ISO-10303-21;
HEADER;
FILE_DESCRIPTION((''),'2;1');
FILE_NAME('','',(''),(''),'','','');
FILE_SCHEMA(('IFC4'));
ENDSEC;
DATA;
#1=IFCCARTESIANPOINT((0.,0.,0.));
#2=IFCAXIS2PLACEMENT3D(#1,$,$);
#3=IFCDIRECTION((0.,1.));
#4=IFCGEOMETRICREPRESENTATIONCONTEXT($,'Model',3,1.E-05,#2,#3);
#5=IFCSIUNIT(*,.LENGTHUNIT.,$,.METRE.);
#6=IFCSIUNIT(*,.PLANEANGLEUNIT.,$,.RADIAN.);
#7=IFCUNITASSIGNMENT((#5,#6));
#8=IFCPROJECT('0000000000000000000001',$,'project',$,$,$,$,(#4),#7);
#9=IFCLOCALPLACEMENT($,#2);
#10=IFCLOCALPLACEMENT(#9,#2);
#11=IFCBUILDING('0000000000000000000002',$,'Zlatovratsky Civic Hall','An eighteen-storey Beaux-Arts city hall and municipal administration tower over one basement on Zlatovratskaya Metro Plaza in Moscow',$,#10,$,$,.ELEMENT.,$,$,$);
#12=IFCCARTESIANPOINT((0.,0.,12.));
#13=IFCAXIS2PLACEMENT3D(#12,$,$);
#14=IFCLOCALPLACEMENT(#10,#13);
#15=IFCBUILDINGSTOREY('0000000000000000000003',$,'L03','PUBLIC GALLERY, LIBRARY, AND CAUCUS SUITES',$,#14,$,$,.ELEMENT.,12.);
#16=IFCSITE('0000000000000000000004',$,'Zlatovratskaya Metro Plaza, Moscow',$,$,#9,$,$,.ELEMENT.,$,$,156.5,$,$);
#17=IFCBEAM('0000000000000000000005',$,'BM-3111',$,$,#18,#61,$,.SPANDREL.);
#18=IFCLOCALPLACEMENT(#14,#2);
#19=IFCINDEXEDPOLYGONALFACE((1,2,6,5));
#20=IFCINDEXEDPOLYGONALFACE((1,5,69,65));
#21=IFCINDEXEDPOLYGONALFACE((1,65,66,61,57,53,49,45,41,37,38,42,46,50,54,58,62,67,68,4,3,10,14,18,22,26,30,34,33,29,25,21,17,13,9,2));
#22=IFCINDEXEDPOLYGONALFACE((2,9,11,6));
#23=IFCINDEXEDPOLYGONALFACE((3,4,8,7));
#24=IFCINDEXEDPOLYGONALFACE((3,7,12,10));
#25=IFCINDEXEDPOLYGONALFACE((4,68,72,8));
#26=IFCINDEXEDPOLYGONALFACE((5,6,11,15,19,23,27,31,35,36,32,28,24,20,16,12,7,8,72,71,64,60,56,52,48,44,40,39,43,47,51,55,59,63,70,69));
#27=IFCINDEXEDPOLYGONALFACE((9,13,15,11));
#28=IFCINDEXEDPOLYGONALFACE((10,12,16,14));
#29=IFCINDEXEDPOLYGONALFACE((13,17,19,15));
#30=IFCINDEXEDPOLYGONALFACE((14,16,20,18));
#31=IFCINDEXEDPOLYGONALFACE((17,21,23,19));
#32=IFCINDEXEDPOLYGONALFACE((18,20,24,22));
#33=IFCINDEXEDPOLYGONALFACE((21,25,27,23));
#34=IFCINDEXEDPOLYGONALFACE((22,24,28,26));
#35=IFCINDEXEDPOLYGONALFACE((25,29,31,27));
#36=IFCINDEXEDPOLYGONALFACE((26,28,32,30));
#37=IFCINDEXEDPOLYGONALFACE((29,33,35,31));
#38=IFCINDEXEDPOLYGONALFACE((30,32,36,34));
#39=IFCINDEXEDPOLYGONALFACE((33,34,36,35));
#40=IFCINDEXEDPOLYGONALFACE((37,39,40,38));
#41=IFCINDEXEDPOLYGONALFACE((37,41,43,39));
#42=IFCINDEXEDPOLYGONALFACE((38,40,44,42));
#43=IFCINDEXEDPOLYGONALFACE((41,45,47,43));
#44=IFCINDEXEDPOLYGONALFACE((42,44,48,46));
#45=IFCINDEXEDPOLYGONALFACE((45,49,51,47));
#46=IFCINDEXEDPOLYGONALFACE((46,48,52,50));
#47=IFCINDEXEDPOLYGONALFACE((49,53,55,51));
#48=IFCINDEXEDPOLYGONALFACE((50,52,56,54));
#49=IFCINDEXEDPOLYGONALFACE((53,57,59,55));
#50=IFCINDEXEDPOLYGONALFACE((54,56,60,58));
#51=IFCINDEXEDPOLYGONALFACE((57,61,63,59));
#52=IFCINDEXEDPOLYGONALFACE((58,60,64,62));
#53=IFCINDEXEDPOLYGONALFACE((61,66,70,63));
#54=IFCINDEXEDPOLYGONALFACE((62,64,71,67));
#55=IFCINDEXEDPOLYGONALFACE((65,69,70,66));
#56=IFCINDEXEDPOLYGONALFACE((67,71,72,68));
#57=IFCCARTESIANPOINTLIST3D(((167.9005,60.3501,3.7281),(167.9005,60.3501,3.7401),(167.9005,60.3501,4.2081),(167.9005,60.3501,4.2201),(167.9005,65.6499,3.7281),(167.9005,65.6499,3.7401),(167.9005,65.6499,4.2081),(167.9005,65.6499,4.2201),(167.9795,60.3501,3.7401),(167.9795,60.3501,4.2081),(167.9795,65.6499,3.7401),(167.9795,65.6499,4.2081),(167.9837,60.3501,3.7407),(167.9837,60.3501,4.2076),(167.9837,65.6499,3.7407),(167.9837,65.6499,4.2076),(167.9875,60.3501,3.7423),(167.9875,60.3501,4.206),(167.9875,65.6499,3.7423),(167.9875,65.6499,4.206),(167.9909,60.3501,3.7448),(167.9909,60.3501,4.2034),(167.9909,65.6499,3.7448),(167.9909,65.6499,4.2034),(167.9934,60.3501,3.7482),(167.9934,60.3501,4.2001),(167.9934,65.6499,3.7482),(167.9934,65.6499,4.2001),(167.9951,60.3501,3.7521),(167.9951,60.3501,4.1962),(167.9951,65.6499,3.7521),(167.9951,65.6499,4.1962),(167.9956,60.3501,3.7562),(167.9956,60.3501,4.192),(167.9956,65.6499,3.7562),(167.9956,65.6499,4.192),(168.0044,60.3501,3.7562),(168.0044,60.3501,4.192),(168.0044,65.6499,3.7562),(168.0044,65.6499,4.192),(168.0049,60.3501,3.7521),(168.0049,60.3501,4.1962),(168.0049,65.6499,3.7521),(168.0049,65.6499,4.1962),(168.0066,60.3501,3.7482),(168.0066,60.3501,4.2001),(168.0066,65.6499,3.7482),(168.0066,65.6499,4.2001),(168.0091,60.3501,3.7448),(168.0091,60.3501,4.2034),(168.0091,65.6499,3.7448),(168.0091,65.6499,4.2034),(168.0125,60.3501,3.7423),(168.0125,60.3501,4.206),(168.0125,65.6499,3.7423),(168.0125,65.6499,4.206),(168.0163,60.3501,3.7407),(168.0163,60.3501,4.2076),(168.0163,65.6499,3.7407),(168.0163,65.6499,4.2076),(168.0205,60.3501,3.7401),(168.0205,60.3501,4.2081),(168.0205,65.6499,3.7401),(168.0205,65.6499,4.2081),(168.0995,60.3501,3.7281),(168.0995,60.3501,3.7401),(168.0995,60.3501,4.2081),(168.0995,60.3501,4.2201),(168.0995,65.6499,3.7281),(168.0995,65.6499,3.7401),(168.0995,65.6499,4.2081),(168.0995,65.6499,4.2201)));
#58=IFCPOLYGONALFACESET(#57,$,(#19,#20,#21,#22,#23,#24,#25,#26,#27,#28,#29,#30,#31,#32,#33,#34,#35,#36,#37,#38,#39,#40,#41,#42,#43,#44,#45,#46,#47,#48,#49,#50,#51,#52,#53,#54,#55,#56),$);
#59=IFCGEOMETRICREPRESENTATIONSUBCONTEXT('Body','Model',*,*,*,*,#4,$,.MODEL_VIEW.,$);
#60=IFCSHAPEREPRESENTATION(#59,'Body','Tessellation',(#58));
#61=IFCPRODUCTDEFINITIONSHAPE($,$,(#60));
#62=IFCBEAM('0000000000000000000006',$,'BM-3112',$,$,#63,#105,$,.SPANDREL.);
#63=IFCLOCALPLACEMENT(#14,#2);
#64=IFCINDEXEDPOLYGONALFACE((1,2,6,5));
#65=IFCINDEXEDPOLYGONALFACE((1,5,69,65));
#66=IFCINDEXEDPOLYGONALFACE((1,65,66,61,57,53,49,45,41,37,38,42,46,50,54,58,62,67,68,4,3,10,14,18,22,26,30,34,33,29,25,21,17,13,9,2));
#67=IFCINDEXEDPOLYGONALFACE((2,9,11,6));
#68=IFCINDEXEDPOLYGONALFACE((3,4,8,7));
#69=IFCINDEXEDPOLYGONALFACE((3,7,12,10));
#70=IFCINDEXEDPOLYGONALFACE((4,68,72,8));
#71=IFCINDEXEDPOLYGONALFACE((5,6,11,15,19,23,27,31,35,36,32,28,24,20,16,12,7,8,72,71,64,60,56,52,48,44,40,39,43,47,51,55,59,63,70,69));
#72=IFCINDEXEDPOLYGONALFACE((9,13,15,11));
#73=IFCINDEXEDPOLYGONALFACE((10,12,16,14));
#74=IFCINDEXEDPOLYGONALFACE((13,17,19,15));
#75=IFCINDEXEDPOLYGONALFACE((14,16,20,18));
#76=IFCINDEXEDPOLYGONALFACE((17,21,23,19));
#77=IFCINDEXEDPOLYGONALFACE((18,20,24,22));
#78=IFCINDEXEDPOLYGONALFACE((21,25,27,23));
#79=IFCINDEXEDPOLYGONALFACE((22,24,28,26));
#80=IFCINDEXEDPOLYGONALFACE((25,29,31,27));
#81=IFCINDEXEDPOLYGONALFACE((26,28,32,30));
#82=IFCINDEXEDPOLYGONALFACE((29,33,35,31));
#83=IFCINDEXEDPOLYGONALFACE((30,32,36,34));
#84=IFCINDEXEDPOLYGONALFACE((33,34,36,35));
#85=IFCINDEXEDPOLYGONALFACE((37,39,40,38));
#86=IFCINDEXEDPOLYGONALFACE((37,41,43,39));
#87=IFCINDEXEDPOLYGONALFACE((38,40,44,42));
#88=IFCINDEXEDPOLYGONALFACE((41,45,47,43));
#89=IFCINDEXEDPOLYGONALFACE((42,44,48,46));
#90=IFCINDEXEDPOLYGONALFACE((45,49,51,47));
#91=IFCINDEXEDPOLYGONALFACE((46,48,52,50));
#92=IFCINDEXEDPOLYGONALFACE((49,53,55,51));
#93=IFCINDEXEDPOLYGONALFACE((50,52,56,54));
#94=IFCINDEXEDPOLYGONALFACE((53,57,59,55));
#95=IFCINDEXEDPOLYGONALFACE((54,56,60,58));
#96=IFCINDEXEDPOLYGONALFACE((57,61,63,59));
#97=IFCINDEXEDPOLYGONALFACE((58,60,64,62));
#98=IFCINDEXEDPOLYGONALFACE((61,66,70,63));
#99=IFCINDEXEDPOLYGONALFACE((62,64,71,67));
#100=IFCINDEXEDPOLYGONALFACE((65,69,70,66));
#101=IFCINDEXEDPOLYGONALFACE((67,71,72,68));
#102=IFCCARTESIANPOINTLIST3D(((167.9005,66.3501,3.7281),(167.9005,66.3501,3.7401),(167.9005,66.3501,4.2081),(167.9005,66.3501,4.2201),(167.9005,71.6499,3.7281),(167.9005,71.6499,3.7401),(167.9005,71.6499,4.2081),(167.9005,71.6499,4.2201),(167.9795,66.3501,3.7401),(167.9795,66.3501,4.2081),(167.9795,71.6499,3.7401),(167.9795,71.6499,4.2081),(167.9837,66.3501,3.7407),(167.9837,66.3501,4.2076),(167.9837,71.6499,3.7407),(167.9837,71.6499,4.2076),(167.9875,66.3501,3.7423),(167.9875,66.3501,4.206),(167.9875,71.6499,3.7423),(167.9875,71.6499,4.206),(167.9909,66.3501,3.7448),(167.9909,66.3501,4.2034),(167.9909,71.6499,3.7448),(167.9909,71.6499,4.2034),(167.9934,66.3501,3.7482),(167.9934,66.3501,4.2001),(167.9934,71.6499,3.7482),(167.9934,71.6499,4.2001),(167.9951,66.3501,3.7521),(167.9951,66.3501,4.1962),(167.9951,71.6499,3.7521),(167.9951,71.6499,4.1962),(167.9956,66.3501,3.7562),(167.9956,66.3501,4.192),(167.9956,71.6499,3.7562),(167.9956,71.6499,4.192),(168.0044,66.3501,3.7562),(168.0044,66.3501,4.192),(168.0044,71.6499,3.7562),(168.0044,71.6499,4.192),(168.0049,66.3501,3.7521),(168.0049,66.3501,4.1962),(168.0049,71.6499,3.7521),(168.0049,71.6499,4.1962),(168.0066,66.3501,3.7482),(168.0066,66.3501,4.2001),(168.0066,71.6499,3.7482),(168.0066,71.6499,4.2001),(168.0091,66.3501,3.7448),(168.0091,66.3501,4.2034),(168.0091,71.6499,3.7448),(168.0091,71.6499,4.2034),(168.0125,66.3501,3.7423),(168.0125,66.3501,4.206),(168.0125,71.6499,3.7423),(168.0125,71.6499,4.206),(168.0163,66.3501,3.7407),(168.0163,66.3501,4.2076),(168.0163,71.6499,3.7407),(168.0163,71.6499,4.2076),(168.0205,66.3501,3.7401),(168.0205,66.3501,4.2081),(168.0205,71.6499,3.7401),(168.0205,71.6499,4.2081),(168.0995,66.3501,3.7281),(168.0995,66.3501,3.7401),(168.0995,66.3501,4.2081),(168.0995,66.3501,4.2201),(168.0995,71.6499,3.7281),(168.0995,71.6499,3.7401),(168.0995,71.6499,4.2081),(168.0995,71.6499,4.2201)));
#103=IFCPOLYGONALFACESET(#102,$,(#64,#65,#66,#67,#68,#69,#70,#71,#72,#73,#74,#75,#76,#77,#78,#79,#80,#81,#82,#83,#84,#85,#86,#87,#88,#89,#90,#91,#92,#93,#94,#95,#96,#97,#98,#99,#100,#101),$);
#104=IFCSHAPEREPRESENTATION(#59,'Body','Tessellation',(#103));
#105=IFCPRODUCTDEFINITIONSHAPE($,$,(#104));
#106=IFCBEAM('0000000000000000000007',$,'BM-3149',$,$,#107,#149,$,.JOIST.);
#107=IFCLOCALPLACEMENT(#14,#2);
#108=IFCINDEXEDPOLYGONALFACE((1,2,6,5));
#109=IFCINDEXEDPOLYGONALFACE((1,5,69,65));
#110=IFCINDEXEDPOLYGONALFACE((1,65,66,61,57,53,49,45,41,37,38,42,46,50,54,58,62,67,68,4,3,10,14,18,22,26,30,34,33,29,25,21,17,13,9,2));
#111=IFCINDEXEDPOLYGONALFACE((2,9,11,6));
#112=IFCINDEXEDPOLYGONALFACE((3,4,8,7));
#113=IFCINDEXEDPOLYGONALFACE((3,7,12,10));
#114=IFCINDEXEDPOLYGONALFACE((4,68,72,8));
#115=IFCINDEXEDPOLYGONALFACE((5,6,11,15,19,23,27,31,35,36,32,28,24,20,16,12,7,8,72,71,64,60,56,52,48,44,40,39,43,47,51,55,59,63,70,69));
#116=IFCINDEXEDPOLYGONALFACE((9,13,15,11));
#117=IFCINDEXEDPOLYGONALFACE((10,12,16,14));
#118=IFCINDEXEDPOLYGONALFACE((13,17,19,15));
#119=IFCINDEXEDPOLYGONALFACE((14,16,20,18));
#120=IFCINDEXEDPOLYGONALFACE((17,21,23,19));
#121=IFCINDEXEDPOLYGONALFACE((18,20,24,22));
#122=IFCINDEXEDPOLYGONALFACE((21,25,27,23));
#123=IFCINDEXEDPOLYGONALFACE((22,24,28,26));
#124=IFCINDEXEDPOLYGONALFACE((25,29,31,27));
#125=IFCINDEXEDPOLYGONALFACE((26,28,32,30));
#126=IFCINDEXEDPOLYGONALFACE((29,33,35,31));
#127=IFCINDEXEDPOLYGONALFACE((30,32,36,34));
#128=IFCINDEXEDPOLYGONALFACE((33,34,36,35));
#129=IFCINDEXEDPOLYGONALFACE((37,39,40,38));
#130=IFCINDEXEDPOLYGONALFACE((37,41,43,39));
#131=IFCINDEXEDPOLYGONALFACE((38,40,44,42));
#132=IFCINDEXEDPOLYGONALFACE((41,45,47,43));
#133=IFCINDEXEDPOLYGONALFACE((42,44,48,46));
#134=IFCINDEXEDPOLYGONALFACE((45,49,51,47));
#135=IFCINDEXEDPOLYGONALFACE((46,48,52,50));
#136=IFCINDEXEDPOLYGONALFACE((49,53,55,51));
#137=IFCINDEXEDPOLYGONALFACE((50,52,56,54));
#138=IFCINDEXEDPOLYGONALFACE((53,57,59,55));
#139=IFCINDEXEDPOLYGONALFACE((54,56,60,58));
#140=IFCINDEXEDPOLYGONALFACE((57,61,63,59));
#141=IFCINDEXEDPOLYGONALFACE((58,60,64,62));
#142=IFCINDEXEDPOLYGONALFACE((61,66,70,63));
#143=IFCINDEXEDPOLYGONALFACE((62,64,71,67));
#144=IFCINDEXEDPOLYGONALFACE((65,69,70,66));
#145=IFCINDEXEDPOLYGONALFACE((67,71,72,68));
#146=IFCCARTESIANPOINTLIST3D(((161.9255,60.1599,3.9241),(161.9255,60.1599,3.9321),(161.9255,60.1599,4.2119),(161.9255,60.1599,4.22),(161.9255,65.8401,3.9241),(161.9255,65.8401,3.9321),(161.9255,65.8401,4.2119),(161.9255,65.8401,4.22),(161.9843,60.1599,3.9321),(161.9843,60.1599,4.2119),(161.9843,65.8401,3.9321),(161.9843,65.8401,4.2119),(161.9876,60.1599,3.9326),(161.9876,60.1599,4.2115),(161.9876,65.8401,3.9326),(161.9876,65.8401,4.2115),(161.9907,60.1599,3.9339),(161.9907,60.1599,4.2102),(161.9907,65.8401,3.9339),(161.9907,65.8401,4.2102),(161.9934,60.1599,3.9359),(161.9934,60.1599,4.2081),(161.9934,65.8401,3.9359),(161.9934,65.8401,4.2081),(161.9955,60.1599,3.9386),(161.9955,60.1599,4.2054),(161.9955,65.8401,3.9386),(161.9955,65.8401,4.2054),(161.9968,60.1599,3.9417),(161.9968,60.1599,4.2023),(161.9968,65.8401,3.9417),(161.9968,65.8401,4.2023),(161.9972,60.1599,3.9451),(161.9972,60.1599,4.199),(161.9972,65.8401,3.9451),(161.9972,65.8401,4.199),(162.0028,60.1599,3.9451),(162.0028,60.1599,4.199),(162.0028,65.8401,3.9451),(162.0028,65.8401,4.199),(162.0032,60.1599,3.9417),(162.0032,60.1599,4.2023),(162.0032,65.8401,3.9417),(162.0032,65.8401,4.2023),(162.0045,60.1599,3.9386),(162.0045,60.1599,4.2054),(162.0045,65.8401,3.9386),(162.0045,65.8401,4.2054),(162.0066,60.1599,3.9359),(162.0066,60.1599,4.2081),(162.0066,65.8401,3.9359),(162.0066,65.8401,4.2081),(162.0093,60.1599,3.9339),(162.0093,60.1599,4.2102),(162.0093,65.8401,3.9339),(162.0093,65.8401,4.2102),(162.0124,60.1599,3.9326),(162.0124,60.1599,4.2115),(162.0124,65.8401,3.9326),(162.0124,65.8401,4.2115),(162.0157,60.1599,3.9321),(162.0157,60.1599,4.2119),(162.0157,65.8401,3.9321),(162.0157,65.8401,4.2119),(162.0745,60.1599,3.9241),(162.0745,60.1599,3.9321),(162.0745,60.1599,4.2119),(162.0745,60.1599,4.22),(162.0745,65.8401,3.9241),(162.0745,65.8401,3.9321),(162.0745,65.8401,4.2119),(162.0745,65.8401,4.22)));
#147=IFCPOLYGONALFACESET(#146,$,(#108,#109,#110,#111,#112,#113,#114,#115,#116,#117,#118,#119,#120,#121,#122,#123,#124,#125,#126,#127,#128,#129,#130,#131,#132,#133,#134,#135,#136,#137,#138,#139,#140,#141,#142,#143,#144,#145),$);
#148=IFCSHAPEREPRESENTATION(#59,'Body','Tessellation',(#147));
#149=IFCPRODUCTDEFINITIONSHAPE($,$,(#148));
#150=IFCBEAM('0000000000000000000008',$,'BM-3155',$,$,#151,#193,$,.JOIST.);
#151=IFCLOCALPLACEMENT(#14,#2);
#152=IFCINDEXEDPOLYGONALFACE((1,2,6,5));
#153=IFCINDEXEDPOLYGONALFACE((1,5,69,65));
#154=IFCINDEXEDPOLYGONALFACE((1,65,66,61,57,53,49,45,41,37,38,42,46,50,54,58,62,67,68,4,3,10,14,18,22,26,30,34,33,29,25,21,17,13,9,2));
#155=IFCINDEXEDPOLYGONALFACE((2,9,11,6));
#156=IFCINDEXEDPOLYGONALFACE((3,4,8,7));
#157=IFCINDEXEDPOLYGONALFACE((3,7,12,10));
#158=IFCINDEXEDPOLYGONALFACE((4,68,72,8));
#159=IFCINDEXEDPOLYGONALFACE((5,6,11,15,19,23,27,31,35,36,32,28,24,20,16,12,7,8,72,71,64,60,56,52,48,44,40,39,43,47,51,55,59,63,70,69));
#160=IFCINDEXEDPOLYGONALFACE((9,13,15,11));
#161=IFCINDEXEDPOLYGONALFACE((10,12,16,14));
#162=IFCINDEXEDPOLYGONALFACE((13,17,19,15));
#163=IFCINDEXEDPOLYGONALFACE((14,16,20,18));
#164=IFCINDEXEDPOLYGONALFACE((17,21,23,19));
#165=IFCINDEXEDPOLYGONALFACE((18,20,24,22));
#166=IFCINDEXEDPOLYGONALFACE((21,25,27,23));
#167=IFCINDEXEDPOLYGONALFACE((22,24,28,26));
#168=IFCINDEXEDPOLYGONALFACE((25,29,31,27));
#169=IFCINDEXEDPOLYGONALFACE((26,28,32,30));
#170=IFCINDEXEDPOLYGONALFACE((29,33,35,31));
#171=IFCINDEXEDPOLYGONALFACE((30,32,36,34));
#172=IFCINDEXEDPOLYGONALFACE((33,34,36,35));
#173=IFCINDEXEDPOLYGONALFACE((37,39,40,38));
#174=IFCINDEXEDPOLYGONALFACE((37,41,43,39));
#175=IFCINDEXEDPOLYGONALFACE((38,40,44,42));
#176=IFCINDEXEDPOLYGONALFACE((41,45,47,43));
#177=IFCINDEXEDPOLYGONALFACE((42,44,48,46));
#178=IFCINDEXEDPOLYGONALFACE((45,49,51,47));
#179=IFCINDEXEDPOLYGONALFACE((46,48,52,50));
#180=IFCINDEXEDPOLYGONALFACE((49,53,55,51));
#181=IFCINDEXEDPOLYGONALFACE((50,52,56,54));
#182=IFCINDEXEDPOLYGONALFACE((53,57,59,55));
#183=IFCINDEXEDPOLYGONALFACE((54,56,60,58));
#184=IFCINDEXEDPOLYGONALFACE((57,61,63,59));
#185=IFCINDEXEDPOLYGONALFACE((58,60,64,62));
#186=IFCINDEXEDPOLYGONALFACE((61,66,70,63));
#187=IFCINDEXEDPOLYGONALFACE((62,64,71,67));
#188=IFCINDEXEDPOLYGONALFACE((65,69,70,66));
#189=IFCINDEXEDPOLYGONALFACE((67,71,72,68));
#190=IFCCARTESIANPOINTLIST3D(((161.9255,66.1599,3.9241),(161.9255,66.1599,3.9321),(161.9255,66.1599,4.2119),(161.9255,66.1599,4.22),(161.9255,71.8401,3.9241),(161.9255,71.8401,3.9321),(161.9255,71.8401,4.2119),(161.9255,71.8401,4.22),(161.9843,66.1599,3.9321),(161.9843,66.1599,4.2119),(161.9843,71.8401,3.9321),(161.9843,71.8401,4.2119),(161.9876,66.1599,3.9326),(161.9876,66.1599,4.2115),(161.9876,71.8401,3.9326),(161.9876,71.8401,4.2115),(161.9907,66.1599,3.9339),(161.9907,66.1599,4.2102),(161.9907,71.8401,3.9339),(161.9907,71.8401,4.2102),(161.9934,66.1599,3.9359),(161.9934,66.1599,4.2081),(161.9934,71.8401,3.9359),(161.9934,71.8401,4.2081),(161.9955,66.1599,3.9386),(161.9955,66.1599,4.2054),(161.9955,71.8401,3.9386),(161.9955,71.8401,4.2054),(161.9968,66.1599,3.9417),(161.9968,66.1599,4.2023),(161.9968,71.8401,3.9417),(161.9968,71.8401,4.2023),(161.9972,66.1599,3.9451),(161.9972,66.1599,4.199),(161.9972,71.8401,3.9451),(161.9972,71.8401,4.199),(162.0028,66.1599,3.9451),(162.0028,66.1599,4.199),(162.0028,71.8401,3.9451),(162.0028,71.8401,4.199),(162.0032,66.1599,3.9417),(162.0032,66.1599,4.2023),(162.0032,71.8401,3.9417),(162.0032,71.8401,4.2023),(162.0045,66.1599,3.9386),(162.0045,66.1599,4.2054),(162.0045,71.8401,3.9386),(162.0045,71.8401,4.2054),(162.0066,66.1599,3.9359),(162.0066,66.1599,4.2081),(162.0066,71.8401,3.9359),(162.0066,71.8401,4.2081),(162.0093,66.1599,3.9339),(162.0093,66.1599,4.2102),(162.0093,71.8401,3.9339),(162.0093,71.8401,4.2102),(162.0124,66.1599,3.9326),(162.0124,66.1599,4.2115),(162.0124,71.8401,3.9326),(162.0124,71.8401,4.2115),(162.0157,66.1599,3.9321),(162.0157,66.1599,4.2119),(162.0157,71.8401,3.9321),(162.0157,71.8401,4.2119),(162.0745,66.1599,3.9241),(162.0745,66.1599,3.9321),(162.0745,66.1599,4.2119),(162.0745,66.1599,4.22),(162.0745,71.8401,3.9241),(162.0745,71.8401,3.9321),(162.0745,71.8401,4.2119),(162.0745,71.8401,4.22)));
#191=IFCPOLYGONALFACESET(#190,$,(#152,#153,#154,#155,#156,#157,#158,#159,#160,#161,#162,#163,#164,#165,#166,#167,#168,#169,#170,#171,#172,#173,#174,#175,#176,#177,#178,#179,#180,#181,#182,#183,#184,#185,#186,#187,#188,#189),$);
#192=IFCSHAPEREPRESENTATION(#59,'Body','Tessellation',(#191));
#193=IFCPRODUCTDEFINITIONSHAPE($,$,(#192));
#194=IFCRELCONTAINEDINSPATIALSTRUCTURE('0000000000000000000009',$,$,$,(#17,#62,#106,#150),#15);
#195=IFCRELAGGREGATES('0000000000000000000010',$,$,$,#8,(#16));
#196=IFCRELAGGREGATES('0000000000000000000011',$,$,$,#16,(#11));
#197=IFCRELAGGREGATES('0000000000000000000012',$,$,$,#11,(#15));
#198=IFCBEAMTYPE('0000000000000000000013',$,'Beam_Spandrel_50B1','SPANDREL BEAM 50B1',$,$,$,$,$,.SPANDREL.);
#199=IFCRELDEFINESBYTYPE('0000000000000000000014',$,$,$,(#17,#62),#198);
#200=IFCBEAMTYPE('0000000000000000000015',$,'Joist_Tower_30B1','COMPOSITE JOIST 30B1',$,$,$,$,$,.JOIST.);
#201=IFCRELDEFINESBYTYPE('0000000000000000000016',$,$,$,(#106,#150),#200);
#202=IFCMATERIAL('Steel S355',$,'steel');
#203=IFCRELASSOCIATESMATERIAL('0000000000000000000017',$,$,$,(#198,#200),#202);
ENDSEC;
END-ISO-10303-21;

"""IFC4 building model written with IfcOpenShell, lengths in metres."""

from ifc_helpers import new_model, si_unit, direction, frame, origin, origin_2d, place, context, subcontext, project, spatial, i_section, extrude, material, material_profile, profile_set, type_object, element, save


model = new_model("IFC4")

# Units and contexts
model_context = context("Model", 3, precision=1e-05, world=origin(), true_north=direction((0.0, 1.0)))
body_context = subcontext(model_context, "Body", "Model", "MODEL_VIEW")
ifc_project = project(units=[si_unit("LENGTHUNIT", "METRE"), si_unit("PLANEANGLEUNIT", "RADIAN")], contexts=[model_context])

# Site, building, storey
site_placement = place(None, origin())
site = spatial("IfcSite", under=ifc_project, at=site_placement, Name="Zlatovratskaya Metro Plaza, Moscow", CompositionType="ELEMENT", RefElevation=156.5)
building_placement = place(site_placement, origin())
building = spatial("IfcBuilding", under=site, at=building_placement, Name="Zlatovratsky Civic Hall", Description="An eighteen-storey Beaux-Arts city hall and municipal administration tower over one basement on Zlatovratskaya Metro Plaza in Moscow", CompositionType="ELEMENT")
storey_placement = place(building_placement, frame((0.0, 0.0, 12.0)))
storey = spatial("IfcBuildingStorey", under=building, at=storey_placement, Name="L03", Description="PUBLIC GALLERY, LIBRARY, AND CAUCUS SUITES", CompositionType="ELEMENT", Elevation=12.0)

# Shared definitions
ifc_material_1 = material(Name="Steel S355", Category="steel")

# Beams
ifc_material_profile_1 = material_profile(ifc_material_1, i_section(OverallWidth=0.199, OverallDepth=0.4919, WebThickness=0.0088, FlangeThickness=0.012, FilletRadius=0.0161, at=origin_2d()), Name="50B1")
ifc_profile_set_1 = profile_set([ifc_material_profile_1], Name="Steel S355")
beam_type_1 = type_object("IfcBeamType", Name="Beam_Spandrel_50B1", Description="SPANDREL BEAM 50B1", PredefinedType="SPANDREL", material=ifc_profile_set_1)
for number, where, z_axis, x_axis, name in (
    (1, (168.0, 60.3501, 3.9741), (0.0, 1.0, 0.0), (-1.0, 0.0, 0.0), "BM-3111"),
    (2, (168.0, 66.3501, 3.9741), (0.0, 1.0, 0.0), (-1.0, 0.0, 0.0), "BM-3112"),
):
    element("IfcBeam", number, at=place(storey_placement, frame(where, z_axis=z_axis, x_axis=x_axis)), inside=storey, type_object=beam_type_1, Name=name, PredefinedType="SPANDREL", context=body_context, shape_type="SweptSolid", body=[
        extrude(i_section(OverallWidth=0.199, OverallDepth=0.4919, WebThickness=0.0088, FlangeThickness=0.012, FilletRadius=0.0161, at=origin_2d()), origin(), (0.0, 0.0, 1.0), 5.2998),
    ])
ifc_material_profile_2 = material_profile(ifc_material_1, i_section(OverallWidth=0.1489, OverallDepth=0.2959, WebThickness=0.0056, FlangeThickness=0.0081, FilletRadius=0.0129, at=origin_2d()), Name="30B1")
ifc_profile_set_2 = profile_set([ifc_material_profile_2], Name="Steel S355")
beam_type_2 = type_object("IfcBeamType", Name="Joist_Tower_30B1", Description="COMPOSITE JOIST 30B1", PredefinedType="JOIST", material=ifc_profile_set_2)
for number, where, z_axis, x_axis, name in (
    (3, (162.0, 60.1599, 4.072), (0.0, 1.0, 0.0), (-1.0, 0.0, 0.0), "BM-3149"),
    (4, (162.0, 66.1599, 4.072), (0.0, 1.0, 0.0), (-1.0, 0.0, 0.0), "BM-3155"),
):
    element("IfcBeam", number, at=place(storey_placement, frame(where, z_axis=z_axis, x_axis=x_axis)), inside=storey, type_object=beam_type_2, Name=name, PredefinedType="JOIST", context=body_context, shape_type="SweptSolid", body=[
        extrude(i_section(OverallWidth=0.1489, OverallDepth=0.2959, WebThickness=0.0056, FlangeThickness=0.0081, FilletRadius=0.0129, at=origin_2d()), origin(), (0.0, 0.0, 1.0), 5.6802),
    ])

save(model, "model.ifc")
